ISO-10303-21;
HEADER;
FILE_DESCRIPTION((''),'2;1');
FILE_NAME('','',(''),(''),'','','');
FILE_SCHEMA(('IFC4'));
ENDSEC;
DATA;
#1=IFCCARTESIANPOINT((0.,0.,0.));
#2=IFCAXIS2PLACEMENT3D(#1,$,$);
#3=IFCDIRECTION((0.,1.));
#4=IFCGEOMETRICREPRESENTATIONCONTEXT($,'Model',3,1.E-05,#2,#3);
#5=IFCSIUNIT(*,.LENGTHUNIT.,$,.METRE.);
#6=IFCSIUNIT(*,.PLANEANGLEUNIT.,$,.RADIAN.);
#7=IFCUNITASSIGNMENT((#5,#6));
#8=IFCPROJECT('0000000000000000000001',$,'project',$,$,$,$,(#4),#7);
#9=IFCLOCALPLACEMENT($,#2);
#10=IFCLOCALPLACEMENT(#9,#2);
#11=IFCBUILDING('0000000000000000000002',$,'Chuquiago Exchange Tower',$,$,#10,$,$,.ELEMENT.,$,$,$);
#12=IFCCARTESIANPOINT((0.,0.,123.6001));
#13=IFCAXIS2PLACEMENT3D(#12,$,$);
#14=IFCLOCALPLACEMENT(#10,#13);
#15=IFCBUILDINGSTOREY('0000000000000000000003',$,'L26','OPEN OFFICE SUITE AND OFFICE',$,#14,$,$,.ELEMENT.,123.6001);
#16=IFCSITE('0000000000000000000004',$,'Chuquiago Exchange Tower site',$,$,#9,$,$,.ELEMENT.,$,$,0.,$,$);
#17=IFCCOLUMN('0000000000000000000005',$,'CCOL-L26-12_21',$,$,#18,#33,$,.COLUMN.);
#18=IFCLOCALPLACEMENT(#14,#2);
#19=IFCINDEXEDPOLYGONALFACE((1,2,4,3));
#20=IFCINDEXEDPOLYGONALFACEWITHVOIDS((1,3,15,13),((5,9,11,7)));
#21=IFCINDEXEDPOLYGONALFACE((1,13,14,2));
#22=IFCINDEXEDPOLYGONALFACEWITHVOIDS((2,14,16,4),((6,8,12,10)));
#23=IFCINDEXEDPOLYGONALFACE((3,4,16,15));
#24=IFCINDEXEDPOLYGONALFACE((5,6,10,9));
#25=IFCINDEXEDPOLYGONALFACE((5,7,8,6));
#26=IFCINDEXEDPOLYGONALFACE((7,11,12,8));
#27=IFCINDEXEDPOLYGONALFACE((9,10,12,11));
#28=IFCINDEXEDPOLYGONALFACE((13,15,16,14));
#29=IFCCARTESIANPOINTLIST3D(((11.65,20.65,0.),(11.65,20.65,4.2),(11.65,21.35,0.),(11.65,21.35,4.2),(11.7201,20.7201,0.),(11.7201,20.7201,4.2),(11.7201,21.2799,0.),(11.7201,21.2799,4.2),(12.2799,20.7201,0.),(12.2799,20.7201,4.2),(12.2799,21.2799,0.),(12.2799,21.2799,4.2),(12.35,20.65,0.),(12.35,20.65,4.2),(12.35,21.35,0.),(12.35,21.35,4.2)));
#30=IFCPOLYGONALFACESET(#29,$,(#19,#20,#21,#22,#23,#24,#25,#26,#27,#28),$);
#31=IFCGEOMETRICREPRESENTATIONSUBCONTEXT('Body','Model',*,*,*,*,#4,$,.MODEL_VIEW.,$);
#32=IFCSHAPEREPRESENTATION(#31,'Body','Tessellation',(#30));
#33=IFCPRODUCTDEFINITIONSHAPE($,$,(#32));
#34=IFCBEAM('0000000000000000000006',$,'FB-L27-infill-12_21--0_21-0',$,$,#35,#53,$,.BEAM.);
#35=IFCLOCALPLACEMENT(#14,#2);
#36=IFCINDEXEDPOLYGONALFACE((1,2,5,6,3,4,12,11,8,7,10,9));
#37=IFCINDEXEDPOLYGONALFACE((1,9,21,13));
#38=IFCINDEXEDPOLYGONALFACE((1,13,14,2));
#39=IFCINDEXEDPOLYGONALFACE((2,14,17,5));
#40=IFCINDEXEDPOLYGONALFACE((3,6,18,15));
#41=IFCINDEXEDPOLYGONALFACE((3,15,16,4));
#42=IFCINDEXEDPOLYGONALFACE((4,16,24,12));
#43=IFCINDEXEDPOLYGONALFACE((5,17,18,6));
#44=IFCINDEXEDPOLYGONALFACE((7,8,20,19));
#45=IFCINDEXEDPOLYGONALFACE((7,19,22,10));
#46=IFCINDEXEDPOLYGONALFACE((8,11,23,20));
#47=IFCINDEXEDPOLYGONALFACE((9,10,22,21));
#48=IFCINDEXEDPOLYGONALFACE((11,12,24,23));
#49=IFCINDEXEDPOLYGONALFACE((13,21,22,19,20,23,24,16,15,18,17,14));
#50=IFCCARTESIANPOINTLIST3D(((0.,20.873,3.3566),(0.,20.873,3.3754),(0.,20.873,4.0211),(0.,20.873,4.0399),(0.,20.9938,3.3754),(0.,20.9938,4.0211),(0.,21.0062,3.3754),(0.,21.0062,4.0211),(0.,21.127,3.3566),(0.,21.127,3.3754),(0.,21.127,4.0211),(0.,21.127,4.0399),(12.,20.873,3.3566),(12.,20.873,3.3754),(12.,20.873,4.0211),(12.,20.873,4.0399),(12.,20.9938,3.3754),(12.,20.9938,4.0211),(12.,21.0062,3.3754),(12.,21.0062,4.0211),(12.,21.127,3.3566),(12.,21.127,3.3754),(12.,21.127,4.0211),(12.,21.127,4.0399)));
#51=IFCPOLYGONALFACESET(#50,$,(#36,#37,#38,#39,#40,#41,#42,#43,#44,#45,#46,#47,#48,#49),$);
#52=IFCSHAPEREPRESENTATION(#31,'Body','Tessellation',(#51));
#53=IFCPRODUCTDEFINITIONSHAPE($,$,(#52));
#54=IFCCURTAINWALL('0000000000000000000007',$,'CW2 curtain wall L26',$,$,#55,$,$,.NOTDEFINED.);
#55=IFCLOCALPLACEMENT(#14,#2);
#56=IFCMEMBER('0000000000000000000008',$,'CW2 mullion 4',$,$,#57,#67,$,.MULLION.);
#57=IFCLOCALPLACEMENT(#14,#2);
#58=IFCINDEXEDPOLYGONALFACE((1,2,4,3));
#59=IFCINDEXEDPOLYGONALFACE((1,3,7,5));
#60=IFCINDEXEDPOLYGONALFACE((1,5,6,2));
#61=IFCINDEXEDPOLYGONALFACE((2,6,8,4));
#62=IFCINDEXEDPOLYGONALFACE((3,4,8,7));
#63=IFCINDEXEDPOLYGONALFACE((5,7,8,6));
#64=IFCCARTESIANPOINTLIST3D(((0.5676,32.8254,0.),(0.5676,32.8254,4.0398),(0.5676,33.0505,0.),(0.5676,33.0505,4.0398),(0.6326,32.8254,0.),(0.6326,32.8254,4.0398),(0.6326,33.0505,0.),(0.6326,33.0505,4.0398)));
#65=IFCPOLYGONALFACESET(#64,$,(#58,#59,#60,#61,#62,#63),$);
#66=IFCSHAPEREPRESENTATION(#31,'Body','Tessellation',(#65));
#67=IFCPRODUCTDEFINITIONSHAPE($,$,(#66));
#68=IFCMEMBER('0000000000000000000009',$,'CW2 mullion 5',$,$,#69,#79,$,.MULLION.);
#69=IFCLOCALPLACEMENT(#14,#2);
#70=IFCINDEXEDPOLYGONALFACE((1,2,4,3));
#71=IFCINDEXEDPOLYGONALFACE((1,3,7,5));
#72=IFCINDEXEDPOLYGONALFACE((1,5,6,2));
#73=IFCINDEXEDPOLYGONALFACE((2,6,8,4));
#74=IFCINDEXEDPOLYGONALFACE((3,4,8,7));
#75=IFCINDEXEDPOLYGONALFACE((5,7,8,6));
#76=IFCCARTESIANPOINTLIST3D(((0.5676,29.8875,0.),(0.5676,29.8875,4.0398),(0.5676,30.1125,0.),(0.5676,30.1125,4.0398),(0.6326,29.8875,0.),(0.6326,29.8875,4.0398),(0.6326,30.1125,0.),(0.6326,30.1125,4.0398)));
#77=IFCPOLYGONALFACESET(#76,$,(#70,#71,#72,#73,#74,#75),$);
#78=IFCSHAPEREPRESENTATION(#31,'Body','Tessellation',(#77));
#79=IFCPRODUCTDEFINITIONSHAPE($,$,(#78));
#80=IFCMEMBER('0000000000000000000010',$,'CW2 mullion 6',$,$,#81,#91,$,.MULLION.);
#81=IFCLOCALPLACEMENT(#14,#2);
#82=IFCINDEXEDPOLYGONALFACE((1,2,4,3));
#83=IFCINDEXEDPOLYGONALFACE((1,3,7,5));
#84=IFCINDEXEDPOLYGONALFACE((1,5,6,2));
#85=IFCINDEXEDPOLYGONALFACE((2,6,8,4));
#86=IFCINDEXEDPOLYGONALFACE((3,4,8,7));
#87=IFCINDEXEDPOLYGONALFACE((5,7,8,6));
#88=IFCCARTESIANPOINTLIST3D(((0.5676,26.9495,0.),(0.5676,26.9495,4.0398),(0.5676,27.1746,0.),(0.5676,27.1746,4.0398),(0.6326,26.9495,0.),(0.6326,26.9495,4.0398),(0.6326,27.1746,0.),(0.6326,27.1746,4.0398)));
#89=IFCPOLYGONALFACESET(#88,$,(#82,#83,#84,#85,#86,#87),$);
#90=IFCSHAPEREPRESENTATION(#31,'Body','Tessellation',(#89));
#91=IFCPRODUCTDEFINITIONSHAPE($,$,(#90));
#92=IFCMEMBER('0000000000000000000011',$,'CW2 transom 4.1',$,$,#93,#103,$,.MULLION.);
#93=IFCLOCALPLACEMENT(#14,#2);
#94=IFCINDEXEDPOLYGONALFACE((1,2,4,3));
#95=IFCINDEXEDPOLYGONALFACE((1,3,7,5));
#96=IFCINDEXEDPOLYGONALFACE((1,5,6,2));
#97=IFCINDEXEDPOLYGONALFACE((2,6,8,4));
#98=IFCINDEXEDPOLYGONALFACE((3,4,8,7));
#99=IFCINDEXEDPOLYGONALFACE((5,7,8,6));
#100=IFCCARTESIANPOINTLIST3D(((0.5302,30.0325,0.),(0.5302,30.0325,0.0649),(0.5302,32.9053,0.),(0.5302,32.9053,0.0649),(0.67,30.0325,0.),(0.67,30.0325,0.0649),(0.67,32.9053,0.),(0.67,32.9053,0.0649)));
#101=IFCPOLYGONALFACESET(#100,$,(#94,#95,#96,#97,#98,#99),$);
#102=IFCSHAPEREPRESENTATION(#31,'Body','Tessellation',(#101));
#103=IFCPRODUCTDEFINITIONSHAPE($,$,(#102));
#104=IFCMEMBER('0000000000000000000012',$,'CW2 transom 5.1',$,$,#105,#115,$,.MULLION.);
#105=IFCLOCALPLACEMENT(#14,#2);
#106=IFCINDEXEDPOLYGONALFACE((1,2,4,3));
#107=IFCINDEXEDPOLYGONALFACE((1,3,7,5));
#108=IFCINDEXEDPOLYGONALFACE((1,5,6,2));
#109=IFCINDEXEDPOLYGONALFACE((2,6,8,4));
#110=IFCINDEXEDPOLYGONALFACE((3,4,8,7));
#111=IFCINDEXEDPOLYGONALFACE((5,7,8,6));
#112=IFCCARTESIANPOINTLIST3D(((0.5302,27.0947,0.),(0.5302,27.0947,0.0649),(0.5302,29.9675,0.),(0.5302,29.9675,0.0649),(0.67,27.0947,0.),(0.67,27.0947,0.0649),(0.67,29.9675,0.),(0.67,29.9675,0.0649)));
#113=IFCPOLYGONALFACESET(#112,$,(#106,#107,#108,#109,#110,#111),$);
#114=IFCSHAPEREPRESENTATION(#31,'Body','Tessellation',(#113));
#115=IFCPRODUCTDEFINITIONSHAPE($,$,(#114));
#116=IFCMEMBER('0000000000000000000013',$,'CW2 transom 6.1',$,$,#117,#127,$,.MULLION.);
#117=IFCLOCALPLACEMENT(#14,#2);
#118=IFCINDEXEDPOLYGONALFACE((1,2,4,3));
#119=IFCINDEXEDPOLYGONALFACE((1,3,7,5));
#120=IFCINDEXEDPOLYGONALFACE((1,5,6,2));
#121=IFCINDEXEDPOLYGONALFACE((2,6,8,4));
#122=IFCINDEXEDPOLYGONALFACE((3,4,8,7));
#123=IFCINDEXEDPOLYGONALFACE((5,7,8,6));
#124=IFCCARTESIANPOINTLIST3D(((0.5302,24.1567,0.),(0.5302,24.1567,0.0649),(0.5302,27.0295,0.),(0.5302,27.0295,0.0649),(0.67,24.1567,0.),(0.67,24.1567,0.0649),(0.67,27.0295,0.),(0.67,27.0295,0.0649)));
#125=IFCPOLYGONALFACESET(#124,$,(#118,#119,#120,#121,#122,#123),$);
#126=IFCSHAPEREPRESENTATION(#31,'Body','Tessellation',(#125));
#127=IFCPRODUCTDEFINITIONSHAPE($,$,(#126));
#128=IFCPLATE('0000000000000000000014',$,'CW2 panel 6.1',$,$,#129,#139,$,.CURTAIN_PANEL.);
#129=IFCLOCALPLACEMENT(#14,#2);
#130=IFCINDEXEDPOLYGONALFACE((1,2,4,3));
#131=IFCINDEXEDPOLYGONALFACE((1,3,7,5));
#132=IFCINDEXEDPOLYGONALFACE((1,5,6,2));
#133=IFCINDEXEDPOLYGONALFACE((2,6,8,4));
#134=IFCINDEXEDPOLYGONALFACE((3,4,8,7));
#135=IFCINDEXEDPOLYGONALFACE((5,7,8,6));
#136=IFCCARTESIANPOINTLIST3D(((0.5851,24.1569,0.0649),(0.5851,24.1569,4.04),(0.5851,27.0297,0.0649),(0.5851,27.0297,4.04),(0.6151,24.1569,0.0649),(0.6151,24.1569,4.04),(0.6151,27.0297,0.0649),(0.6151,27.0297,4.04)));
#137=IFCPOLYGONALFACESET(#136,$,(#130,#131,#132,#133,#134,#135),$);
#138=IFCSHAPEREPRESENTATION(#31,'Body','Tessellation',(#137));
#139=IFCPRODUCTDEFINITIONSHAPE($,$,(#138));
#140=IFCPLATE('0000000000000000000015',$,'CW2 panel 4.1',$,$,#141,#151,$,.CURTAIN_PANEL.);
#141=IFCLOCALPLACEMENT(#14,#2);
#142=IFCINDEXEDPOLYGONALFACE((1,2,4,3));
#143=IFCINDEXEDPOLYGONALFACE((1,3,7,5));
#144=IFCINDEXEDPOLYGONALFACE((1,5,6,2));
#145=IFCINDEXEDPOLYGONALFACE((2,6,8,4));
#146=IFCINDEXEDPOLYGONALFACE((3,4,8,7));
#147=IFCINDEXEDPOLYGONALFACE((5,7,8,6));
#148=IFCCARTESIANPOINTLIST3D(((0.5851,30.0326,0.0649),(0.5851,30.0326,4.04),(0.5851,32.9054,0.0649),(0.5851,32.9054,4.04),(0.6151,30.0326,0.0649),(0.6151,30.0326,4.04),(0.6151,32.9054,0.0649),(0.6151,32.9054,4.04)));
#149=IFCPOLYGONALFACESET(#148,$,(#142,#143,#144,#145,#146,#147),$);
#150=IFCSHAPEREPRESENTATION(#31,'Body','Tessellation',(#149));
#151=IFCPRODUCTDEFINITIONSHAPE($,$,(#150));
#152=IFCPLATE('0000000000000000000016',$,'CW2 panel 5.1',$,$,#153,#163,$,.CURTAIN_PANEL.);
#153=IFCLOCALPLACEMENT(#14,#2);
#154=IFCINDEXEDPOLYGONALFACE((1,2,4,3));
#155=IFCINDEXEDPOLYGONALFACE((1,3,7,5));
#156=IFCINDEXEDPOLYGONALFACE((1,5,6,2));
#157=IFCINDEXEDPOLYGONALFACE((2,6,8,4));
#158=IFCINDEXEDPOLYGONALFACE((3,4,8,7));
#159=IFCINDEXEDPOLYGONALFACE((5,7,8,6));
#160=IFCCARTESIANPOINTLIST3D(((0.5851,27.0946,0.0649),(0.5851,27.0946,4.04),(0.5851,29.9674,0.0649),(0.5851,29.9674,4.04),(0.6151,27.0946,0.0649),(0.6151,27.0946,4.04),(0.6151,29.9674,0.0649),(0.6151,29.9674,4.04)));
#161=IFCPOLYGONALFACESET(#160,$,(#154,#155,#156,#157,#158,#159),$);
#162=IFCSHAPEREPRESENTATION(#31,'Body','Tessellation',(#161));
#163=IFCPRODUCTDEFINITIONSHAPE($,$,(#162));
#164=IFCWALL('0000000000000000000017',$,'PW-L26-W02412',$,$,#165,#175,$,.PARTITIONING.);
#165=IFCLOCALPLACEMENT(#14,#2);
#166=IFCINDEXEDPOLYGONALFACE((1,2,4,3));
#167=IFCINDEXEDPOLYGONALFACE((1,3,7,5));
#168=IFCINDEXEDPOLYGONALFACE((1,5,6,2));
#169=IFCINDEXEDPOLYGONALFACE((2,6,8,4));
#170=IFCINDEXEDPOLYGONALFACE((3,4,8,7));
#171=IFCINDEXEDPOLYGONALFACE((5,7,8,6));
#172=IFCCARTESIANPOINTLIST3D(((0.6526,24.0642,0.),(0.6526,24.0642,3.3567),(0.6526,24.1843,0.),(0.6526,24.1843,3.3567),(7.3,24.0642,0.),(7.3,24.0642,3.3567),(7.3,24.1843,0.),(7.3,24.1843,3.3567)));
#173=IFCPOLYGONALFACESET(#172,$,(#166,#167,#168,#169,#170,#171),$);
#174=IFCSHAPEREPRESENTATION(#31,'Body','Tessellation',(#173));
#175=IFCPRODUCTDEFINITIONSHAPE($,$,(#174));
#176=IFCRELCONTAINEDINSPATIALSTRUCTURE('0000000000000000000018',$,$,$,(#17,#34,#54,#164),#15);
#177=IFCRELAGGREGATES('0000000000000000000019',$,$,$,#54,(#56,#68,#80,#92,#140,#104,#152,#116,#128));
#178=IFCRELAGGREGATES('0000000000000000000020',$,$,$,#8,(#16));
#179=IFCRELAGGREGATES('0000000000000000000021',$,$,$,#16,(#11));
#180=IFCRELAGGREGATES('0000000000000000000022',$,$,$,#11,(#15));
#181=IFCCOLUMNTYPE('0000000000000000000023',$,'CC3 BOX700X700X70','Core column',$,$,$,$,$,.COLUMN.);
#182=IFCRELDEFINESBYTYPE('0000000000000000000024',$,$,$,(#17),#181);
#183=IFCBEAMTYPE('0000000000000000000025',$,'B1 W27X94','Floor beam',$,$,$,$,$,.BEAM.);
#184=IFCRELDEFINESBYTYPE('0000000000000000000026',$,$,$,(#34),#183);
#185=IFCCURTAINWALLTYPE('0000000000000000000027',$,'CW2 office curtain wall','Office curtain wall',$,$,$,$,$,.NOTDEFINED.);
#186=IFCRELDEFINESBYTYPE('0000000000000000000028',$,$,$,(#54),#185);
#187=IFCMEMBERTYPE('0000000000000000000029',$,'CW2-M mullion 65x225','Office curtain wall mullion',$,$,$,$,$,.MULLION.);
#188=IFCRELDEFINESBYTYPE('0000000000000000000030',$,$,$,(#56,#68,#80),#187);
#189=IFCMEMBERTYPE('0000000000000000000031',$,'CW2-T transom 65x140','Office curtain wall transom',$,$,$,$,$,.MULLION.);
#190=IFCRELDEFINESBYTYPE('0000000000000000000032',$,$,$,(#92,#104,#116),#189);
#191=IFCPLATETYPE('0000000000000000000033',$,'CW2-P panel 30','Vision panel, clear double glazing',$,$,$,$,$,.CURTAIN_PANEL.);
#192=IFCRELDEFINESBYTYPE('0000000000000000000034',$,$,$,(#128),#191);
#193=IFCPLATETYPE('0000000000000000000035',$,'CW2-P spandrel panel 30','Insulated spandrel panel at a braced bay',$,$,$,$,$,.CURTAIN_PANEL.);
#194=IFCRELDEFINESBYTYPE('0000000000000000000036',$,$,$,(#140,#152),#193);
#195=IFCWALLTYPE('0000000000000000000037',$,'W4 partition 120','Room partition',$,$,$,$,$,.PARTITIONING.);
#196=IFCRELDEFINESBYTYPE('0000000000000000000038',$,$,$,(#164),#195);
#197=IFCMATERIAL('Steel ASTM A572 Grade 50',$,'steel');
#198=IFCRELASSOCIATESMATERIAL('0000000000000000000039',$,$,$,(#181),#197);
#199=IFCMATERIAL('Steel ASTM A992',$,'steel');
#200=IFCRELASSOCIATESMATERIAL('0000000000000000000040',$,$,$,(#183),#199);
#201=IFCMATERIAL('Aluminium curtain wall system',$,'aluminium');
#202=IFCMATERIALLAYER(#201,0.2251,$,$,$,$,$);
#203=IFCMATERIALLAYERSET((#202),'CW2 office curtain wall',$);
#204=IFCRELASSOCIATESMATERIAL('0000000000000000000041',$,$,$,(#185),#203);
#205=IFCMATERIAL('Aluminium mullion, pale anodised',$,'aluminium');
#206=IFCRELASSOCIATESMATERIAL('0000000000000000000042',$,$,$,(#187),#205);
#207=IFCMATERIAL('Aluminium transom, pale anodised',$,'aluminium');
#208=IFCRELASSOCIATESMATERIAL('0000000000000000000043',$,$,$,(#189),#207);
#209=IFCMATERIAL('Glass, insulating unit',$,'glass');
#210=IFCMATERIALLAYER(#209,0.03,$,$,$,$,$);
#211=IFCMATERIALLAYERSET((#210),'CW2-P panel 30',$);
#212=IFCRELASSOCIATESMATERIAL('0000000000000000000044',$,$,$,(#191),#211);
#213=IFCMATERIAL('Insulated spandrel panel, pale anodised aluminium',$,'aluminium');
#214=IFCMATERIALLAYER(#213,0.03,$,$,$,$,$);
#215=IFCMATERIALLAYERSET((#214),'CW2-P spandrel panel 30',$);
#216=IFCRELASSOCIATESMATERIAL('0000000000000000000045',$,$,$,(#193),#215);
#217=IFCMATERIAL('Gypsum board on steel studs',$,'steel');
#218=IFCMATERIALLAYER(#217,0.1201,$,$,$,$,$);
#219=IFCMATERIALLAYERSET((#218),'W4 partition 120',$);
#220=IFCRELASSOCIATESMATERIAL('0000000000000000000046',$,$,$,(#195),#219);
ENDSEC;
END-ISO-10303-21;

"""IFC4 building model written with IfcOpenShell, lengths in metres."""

from ifc_helpers import new_model, si_unit, direction, frame, frame_2d, origin, origin_2d, place, context, subcontext, project, spatial, rectangle, hollow_rectangle, i_section, extrude, material, layer, layer_set, material_profile, profile_set, type_object, element, aggregate, save


model = new_model("IFC4")

# Units and contexts
model_context = context("Model", 3, precision=1e-05, world=origin(), true_north=direction((0.0, 1.0)))
body_context = subcontext(model_context, "Body", "Model", "MODEL_VIEW")
ifc_project = project(units=[si_unit("LENGTHUNIT", "METRE"), si_unit("PLANEANGLEUNIT", "RADIAN")], contexts=[model_context])

# Site, building, storey
site_placement = place(None, origin())
site = spatial("IfcSite", under=ifc_project, at=site_placement, Name="Chuquiago Exchange Tower site", CompositionType="ELEMENT", RefElevation=0.0)
building_placement = place(site_placement, origin())
building = spatial("IfcBuilding", under=site, at=building_placement, Name="Chuquiago Exchange Tower", CompositionType="ELEMENT")
storey_placement = place(building_placement, frame((0.0, 0.0, 123.6001)))
storey = spatial("IfcBuildingStorey", under=building, at=storey_placement, Name="L26", Description="OPEN OFFICE SUITE AND OFFICE", CompositionType="ELEMENT", Elevation=123.6001)

# Column
ifc_material_1 = material(Name="Steel ASTM A572 Grade 50", Category="steel")
ifc_material_profile_1 = material_profile(ifc_material_1, hollow_rectangle(XDim=0.7, YDim=0.7, WallThickness=0.0701, at=origin_2d()), Name="BOX700X700X70")
ifc_profile_set_1 = profile_set([ifc_material_profile_1], Name="Steel ASTM A572 Grade 50")
column_type = type_object("IfcColumnType", Name="CC3 BOX700X700X70", Description="Core column", PredefinedType="COLUMN", material=ifc_profile_set_1)
column_placement = place(storey_placement, frame((12.0, 21.0, 0.0), z_axis=(0.0, 0.0, 1.0), x_axis=(1.0, 0.0, 0.0)))
element("IfcColumn", 1, at=column_placement, inside=storey, type_object=column_type, Name="CCOL-L26-12_21", PredefinedType="COLUMN", context=body_context, shape_type="SweptSolid", body=[
    extrude(hollow_rectangle(XDim=0.7, YDim=0.7, WallThickness=0.0701, at=origin_2d()), origin(), (0.0, 0.0, 1.0), 4.2),
])

# Beam
ifc_material_2 = material(Name="Steel ASTM A992", Category="steel")
ifc_material_profile_2 = material_profile(ifc_material_2, i_section(OverallWidth=0.2539, OverallDepth=0.6833, WebThickness=0.0125, FlangeThickness=0.0188, at=origin_2d()), Name="W27X94")
ifc_profile_set_2 = profile_set([ifc_material_profile_2], Name="Steel ASTM A992")
beam_type = type_object("IfcBeamType", Name="B1 W27X94", Description="Floor beam", PredefinedType="BEAM", material=ifc_profile_set_2)
beam_placement = place(storey_placement, frame((12.0, 21.0, 3.6982), z_axis=(-1.0, 0.0, 0.0), x_axis=(0.0, -1.0, 0.0)))
element("IfcBeam", 2, at=beam_placement, inside=storey, type_object=beam_type, Name="FB-L27-infill-12_21--0_21-0", PredefinedType="BEAM", context=body_context, shape_type="SweptSolid", body=[
    extrude(i_section(OverallWidth=0.2539, OverallDepth=0.6833, WebThickness=0.0125, FlangeThickness=0.0188, at=origin_2d()), origin(), (0.0, 0.0, 1.0), 12.0),
])

# Curtain wall, members, plates
ifc_material_3 = material(Name="Aluminium curtain wall system", Category="aluminium")
ifc_layer_1 = layer(ifc_material_3, 0.2251)
ifc_layer_set_1 = layer_set([ifc_layer_1], Name="CW2 office curtain wall")
curtain_wall_type = type_object("IfcCurtainWallType", Name="CW2 office curtain wall", Description="Office curtain wall", PredefinedType="NOTDEFINED", material=ifc_layer_set_1)
curtain_wall_placement = place(storey_placement, origin())
curtain_wall = element("IfcCurtainWall", 3, at=curtain_wall_placement, inside=storey, type_object=curtain_wall_type, Name="CW2 curtain wall L26", PredefinedType="NOTDEFINED")
ifc_material_4 = material(Name="Aluminium mullion, pale anodised", Category="aluminium")
ifc_material_profile_3 = material_profile(ifc_material_4, rectangle(XDim=0.0649, YDim=0.2251, at=origin_2d()), Name="AL 65x225")
ifc_profile_set_3 = profile_set([ifc_material_profile_3], Name="Aluminium mullion, pale anodised")
member_type_1 = type_object("IfcMemberType", Name="CW2-M mullion 65x225", Description="Office curtain wall mullion", PredefinedType="MULLION", material=ifc_profile_set_3)
member_1_placement = place(storey_placement, frame((0.6001, 32.938, 0.0), z_axis=(0.0, 0.0, 1.0), x_axis=(1.0, 0.0, 0.0)))
member_1 = element("IfcMember", 4, at=member_1_placement, type_object=member_type_1, Name="CW2 mullion 4", PredefinedType="MULLION", context=body_context, shape_type="SweptSolid", body=[
    extrude(rectangle(XDim=0.0649, YDim=0.2251, at=origin_2d()), origin(), (0.0, 0.0, 1.0), 4.0398),
])
member_2_placement = place(storey_placement, frame((0.6001, 30.0, 0.0), z_axis=(0.0, 0.0, 1.0), x_axis=(1.0, 0.0, 0.0)))
member_2 = element("IfcMember", 5, at=member_2_placement, type_object=member_type_1, Name="CW2 mullion 5", PredefinedType="MULLION", context=body_context, shape_type="SweptSolid", body=[
    extrude(rectangle(XDim=0.0649, YDim=0.2251, at=origin_2d()), origin(), (0.0, 0.0, 1.0), 4.0398),
])
member_3_placement = place(storey_placement, frame((0.6001, 27.062, 0.0), z_axis=(0.0, 0.0, 1.0), x_axis=(1.0, 0.0, 0.0)))
member_3 = element("IfcMember", 6, at=member_3_placement, type_object=member_type_1, Name="CW2 mullion 6", PredefinedType="MULLION", context=body_context, shape_type="SweptSolid", body=[
    extrude(rectangle(XDim=0.0649, YDim=0.2251, at=origin_2d()), origin(), (0.0, 0.0, 1.0), 4.0398),
])
ifc_material_5 = material(Name="Aluminium transom, pale anodised", Category="aluminium")
ifc_material_profile_4 = material_profile(ifc_material_5, rectangle(XDim=0.1399, YDim=0.0649, at=origin_2d()), Name="AL 140x65")
ifc_profile_set_4 = profile_set([ifc_material_profile_4], Name="Aluminium transom, pale anodised")
member_type_2 = type_object("IfcMemberType", Name="CW2-T transom 65x140", Description="Office curtain wall transom", PredefinedType="MULLION", material=ifc_profile_set_4)
member_4_placement = place(storey_placement, frame((0.6001, 32.9053, 0.0325), z_axis=(0.0, -1.0, 0.0), x_axis=(1.0, 0.0, 0.0)))
member_4 = element("IfcMember", 7, at=member_4_placement, type_object=member_type_2, Name="CW2 transom 4.1", PredefinedType="MULLION", context=body_context, shape_type="SweptSolid", body=[
    extrude(rectangle(XDim=0.1399, YDim=0.0649, at=origin_2d()), origin(), (0.0, 0.0, 1.0), 2.8728),
])
member_5_placement = place(storey_placement, frame((0.6001, 29.9675, 0.0325), z_axis=(0.0, -1.0, 0.0), x_axis=(1.0, 0.0, 0.0)))
member_5 = element("IfcMember", 8, at=member_5_placement, type_object=member_type_2, Name="CW2 transom 5.1", PredefinedType="MULLION", context=body_context, shape_type="SweptSolid", body=[
    extrude(rectangle(XDim=0.1399, YDim=0.0649, at=origin_2d()), origin(), (0.0, 0.0, 1.0), 2.8728),
])
member_6_placement = place(storey_placement, frame((0.6001, 27.0295, 0.0325), z_axis=(0.0, -1.0, 0.0), x_axis=(1.0, 0.0, 0.0)))
member_6 = element("IfcMember", 9, at=member_6_placement, type_object=member_type_2, Name="CW2 transom 6.1", PredefinedType="MULLION", context=body_context, shape_type="SweptSolid", body=[
    extrude(rectangle(XDim=0.1399, YDim=0.0649, at=origin_2d()), origin(), (0.0, 0.0, 1.0), 2.8728),
])
ifc_material_6 = material(Name="Glass, insulating unit", Category="glass")
ifc_layer_2 = layer(ifc_material_6, 0.03)
ifc_layer_set_2 = layer_set([ifc_layer_2], Name="CW2-P panel 30")
plate_type_1 = type_object("IfcPlateType", Name="CW2-P panel 30", Description="Vision panel, clear double glazing", PredefinedType="CURTAIN_PANEL", material=ifc_layer_set_2)
plate_1_placement = place(storey_placement, frame((0.6001, 25.5933, 0.0649), z_axis=(0.0, 0.0, 1.0), x_axis=(0.0, -1.0, 0.0)))
plate_1 = element("IfcPlate", 10, at=plate_1_placement, type_object=plate_type_1, Name="CW2 panel 6.1", PredefinedType="CURTAIN_PANEL", context=body_context, shape_type="SweptSolid", body=[
    extrude(rectangle(XDim=2.8728, YDim=0.03, at=origin_2d()), origin(), (0.0, 0.0, 1.0), 3.9751),
])
ifc_material_7 = material(Name="Insulated spandrel panel, pale anodised aluminium", Category="aluminium")
ifc_layer_3 = layer(ifc_material_7, 0.03)
ifc_layer_set_3 = layer_set([ifc_layer_3], Name="CW2-P spandrel panel 30")
plate_type_2 = type_object("IfcPlateType", Name="CW2-P spandrel panel 30", Description="Insulated spandrel panel at a braced bay", PredefinedType="CURTAIN_PANEL", material=ifc_layer_set_3)
plate_2_placement = place(storey_placement, frame((0.6001, 31.469, 0.0649), z_axis=(0.0, 0.0, 1.0), x_axis=(0.0, -1.0, 0.0)))
plate_2 = element("IfcPlate", 11, at=plate_2_placement, type_object=plate_type_2, Name="CW2 panel 4.1", PredefinedType="CURTAIN_PANEL", context=body_context, shape_type="SweptSolid", body=[
    extrude(rectangle(XDim=2.8728, YDim=0.03, at=origin_2d()), origin(), (0.0, 0.0, 1.0), 3.9751),
])
plate_3_placement = place(storey_placement, frame((0.6001, 28.531, 0.0649), z_axis=(0.0, 0.0, 1.0), x_axis=(0.0, -1.0, 0.0)))
plate_3 = element("IfcPlate", 12, at=plate_3_placement, type_object=plate_type_2, Name="CW2 panel 5.1", PredefinedType="CURTAIN_PANEL", context=body_context, shape_type="SweptSolid", body=[
    extrude(rectangle(XDim=2.8728, YDim=0.03, at=origin_2d()), origin(), (0.0, 0.0, 1.0), 3.9751),
])
aggregate(curtain_wall, [member_1, member_2, member_3, member_4, plate_2, member_5, plate_3, member_6, plate_1])

# Wall
ifc_material_8 = material(Name="Gypsum board on steel studs", Category="steel")
ifc_layer_4 = layer(ifc_material_8, 0.1201)
ifc_layer_set_4 = layer_set([ifc_layer_4], Name="W4 partition 120")
wall_type = type_object("IfcWallType", Name="W4 partition 120", Description="Room partition", PredefinedType="PARTITIONING", material=ifc_layer_set_4)
wall_1_placement = place(storey_placement, frame((0.6526, 24.1243, 0.0), z_axis=(0.0, 0.0, 1.0), x_axis=(1.0, 0.0, 0.0)))
element("IfcWall", 13, at=wall_1_placement, inside=storey, type_object=wall_type, Name="PW-L26-W02412", PredefinedType="PARTITIONING", context=body_context, shape_type="SweptSolid", body=[
    extrude(rectangle(XDim=6.6475, YDim=0.1201, at=frame_2d((3.3237, 0.0))), origin(), (0.0, 0.0, 1.0), 3.3567),
])

save(model, "model.ifc")
